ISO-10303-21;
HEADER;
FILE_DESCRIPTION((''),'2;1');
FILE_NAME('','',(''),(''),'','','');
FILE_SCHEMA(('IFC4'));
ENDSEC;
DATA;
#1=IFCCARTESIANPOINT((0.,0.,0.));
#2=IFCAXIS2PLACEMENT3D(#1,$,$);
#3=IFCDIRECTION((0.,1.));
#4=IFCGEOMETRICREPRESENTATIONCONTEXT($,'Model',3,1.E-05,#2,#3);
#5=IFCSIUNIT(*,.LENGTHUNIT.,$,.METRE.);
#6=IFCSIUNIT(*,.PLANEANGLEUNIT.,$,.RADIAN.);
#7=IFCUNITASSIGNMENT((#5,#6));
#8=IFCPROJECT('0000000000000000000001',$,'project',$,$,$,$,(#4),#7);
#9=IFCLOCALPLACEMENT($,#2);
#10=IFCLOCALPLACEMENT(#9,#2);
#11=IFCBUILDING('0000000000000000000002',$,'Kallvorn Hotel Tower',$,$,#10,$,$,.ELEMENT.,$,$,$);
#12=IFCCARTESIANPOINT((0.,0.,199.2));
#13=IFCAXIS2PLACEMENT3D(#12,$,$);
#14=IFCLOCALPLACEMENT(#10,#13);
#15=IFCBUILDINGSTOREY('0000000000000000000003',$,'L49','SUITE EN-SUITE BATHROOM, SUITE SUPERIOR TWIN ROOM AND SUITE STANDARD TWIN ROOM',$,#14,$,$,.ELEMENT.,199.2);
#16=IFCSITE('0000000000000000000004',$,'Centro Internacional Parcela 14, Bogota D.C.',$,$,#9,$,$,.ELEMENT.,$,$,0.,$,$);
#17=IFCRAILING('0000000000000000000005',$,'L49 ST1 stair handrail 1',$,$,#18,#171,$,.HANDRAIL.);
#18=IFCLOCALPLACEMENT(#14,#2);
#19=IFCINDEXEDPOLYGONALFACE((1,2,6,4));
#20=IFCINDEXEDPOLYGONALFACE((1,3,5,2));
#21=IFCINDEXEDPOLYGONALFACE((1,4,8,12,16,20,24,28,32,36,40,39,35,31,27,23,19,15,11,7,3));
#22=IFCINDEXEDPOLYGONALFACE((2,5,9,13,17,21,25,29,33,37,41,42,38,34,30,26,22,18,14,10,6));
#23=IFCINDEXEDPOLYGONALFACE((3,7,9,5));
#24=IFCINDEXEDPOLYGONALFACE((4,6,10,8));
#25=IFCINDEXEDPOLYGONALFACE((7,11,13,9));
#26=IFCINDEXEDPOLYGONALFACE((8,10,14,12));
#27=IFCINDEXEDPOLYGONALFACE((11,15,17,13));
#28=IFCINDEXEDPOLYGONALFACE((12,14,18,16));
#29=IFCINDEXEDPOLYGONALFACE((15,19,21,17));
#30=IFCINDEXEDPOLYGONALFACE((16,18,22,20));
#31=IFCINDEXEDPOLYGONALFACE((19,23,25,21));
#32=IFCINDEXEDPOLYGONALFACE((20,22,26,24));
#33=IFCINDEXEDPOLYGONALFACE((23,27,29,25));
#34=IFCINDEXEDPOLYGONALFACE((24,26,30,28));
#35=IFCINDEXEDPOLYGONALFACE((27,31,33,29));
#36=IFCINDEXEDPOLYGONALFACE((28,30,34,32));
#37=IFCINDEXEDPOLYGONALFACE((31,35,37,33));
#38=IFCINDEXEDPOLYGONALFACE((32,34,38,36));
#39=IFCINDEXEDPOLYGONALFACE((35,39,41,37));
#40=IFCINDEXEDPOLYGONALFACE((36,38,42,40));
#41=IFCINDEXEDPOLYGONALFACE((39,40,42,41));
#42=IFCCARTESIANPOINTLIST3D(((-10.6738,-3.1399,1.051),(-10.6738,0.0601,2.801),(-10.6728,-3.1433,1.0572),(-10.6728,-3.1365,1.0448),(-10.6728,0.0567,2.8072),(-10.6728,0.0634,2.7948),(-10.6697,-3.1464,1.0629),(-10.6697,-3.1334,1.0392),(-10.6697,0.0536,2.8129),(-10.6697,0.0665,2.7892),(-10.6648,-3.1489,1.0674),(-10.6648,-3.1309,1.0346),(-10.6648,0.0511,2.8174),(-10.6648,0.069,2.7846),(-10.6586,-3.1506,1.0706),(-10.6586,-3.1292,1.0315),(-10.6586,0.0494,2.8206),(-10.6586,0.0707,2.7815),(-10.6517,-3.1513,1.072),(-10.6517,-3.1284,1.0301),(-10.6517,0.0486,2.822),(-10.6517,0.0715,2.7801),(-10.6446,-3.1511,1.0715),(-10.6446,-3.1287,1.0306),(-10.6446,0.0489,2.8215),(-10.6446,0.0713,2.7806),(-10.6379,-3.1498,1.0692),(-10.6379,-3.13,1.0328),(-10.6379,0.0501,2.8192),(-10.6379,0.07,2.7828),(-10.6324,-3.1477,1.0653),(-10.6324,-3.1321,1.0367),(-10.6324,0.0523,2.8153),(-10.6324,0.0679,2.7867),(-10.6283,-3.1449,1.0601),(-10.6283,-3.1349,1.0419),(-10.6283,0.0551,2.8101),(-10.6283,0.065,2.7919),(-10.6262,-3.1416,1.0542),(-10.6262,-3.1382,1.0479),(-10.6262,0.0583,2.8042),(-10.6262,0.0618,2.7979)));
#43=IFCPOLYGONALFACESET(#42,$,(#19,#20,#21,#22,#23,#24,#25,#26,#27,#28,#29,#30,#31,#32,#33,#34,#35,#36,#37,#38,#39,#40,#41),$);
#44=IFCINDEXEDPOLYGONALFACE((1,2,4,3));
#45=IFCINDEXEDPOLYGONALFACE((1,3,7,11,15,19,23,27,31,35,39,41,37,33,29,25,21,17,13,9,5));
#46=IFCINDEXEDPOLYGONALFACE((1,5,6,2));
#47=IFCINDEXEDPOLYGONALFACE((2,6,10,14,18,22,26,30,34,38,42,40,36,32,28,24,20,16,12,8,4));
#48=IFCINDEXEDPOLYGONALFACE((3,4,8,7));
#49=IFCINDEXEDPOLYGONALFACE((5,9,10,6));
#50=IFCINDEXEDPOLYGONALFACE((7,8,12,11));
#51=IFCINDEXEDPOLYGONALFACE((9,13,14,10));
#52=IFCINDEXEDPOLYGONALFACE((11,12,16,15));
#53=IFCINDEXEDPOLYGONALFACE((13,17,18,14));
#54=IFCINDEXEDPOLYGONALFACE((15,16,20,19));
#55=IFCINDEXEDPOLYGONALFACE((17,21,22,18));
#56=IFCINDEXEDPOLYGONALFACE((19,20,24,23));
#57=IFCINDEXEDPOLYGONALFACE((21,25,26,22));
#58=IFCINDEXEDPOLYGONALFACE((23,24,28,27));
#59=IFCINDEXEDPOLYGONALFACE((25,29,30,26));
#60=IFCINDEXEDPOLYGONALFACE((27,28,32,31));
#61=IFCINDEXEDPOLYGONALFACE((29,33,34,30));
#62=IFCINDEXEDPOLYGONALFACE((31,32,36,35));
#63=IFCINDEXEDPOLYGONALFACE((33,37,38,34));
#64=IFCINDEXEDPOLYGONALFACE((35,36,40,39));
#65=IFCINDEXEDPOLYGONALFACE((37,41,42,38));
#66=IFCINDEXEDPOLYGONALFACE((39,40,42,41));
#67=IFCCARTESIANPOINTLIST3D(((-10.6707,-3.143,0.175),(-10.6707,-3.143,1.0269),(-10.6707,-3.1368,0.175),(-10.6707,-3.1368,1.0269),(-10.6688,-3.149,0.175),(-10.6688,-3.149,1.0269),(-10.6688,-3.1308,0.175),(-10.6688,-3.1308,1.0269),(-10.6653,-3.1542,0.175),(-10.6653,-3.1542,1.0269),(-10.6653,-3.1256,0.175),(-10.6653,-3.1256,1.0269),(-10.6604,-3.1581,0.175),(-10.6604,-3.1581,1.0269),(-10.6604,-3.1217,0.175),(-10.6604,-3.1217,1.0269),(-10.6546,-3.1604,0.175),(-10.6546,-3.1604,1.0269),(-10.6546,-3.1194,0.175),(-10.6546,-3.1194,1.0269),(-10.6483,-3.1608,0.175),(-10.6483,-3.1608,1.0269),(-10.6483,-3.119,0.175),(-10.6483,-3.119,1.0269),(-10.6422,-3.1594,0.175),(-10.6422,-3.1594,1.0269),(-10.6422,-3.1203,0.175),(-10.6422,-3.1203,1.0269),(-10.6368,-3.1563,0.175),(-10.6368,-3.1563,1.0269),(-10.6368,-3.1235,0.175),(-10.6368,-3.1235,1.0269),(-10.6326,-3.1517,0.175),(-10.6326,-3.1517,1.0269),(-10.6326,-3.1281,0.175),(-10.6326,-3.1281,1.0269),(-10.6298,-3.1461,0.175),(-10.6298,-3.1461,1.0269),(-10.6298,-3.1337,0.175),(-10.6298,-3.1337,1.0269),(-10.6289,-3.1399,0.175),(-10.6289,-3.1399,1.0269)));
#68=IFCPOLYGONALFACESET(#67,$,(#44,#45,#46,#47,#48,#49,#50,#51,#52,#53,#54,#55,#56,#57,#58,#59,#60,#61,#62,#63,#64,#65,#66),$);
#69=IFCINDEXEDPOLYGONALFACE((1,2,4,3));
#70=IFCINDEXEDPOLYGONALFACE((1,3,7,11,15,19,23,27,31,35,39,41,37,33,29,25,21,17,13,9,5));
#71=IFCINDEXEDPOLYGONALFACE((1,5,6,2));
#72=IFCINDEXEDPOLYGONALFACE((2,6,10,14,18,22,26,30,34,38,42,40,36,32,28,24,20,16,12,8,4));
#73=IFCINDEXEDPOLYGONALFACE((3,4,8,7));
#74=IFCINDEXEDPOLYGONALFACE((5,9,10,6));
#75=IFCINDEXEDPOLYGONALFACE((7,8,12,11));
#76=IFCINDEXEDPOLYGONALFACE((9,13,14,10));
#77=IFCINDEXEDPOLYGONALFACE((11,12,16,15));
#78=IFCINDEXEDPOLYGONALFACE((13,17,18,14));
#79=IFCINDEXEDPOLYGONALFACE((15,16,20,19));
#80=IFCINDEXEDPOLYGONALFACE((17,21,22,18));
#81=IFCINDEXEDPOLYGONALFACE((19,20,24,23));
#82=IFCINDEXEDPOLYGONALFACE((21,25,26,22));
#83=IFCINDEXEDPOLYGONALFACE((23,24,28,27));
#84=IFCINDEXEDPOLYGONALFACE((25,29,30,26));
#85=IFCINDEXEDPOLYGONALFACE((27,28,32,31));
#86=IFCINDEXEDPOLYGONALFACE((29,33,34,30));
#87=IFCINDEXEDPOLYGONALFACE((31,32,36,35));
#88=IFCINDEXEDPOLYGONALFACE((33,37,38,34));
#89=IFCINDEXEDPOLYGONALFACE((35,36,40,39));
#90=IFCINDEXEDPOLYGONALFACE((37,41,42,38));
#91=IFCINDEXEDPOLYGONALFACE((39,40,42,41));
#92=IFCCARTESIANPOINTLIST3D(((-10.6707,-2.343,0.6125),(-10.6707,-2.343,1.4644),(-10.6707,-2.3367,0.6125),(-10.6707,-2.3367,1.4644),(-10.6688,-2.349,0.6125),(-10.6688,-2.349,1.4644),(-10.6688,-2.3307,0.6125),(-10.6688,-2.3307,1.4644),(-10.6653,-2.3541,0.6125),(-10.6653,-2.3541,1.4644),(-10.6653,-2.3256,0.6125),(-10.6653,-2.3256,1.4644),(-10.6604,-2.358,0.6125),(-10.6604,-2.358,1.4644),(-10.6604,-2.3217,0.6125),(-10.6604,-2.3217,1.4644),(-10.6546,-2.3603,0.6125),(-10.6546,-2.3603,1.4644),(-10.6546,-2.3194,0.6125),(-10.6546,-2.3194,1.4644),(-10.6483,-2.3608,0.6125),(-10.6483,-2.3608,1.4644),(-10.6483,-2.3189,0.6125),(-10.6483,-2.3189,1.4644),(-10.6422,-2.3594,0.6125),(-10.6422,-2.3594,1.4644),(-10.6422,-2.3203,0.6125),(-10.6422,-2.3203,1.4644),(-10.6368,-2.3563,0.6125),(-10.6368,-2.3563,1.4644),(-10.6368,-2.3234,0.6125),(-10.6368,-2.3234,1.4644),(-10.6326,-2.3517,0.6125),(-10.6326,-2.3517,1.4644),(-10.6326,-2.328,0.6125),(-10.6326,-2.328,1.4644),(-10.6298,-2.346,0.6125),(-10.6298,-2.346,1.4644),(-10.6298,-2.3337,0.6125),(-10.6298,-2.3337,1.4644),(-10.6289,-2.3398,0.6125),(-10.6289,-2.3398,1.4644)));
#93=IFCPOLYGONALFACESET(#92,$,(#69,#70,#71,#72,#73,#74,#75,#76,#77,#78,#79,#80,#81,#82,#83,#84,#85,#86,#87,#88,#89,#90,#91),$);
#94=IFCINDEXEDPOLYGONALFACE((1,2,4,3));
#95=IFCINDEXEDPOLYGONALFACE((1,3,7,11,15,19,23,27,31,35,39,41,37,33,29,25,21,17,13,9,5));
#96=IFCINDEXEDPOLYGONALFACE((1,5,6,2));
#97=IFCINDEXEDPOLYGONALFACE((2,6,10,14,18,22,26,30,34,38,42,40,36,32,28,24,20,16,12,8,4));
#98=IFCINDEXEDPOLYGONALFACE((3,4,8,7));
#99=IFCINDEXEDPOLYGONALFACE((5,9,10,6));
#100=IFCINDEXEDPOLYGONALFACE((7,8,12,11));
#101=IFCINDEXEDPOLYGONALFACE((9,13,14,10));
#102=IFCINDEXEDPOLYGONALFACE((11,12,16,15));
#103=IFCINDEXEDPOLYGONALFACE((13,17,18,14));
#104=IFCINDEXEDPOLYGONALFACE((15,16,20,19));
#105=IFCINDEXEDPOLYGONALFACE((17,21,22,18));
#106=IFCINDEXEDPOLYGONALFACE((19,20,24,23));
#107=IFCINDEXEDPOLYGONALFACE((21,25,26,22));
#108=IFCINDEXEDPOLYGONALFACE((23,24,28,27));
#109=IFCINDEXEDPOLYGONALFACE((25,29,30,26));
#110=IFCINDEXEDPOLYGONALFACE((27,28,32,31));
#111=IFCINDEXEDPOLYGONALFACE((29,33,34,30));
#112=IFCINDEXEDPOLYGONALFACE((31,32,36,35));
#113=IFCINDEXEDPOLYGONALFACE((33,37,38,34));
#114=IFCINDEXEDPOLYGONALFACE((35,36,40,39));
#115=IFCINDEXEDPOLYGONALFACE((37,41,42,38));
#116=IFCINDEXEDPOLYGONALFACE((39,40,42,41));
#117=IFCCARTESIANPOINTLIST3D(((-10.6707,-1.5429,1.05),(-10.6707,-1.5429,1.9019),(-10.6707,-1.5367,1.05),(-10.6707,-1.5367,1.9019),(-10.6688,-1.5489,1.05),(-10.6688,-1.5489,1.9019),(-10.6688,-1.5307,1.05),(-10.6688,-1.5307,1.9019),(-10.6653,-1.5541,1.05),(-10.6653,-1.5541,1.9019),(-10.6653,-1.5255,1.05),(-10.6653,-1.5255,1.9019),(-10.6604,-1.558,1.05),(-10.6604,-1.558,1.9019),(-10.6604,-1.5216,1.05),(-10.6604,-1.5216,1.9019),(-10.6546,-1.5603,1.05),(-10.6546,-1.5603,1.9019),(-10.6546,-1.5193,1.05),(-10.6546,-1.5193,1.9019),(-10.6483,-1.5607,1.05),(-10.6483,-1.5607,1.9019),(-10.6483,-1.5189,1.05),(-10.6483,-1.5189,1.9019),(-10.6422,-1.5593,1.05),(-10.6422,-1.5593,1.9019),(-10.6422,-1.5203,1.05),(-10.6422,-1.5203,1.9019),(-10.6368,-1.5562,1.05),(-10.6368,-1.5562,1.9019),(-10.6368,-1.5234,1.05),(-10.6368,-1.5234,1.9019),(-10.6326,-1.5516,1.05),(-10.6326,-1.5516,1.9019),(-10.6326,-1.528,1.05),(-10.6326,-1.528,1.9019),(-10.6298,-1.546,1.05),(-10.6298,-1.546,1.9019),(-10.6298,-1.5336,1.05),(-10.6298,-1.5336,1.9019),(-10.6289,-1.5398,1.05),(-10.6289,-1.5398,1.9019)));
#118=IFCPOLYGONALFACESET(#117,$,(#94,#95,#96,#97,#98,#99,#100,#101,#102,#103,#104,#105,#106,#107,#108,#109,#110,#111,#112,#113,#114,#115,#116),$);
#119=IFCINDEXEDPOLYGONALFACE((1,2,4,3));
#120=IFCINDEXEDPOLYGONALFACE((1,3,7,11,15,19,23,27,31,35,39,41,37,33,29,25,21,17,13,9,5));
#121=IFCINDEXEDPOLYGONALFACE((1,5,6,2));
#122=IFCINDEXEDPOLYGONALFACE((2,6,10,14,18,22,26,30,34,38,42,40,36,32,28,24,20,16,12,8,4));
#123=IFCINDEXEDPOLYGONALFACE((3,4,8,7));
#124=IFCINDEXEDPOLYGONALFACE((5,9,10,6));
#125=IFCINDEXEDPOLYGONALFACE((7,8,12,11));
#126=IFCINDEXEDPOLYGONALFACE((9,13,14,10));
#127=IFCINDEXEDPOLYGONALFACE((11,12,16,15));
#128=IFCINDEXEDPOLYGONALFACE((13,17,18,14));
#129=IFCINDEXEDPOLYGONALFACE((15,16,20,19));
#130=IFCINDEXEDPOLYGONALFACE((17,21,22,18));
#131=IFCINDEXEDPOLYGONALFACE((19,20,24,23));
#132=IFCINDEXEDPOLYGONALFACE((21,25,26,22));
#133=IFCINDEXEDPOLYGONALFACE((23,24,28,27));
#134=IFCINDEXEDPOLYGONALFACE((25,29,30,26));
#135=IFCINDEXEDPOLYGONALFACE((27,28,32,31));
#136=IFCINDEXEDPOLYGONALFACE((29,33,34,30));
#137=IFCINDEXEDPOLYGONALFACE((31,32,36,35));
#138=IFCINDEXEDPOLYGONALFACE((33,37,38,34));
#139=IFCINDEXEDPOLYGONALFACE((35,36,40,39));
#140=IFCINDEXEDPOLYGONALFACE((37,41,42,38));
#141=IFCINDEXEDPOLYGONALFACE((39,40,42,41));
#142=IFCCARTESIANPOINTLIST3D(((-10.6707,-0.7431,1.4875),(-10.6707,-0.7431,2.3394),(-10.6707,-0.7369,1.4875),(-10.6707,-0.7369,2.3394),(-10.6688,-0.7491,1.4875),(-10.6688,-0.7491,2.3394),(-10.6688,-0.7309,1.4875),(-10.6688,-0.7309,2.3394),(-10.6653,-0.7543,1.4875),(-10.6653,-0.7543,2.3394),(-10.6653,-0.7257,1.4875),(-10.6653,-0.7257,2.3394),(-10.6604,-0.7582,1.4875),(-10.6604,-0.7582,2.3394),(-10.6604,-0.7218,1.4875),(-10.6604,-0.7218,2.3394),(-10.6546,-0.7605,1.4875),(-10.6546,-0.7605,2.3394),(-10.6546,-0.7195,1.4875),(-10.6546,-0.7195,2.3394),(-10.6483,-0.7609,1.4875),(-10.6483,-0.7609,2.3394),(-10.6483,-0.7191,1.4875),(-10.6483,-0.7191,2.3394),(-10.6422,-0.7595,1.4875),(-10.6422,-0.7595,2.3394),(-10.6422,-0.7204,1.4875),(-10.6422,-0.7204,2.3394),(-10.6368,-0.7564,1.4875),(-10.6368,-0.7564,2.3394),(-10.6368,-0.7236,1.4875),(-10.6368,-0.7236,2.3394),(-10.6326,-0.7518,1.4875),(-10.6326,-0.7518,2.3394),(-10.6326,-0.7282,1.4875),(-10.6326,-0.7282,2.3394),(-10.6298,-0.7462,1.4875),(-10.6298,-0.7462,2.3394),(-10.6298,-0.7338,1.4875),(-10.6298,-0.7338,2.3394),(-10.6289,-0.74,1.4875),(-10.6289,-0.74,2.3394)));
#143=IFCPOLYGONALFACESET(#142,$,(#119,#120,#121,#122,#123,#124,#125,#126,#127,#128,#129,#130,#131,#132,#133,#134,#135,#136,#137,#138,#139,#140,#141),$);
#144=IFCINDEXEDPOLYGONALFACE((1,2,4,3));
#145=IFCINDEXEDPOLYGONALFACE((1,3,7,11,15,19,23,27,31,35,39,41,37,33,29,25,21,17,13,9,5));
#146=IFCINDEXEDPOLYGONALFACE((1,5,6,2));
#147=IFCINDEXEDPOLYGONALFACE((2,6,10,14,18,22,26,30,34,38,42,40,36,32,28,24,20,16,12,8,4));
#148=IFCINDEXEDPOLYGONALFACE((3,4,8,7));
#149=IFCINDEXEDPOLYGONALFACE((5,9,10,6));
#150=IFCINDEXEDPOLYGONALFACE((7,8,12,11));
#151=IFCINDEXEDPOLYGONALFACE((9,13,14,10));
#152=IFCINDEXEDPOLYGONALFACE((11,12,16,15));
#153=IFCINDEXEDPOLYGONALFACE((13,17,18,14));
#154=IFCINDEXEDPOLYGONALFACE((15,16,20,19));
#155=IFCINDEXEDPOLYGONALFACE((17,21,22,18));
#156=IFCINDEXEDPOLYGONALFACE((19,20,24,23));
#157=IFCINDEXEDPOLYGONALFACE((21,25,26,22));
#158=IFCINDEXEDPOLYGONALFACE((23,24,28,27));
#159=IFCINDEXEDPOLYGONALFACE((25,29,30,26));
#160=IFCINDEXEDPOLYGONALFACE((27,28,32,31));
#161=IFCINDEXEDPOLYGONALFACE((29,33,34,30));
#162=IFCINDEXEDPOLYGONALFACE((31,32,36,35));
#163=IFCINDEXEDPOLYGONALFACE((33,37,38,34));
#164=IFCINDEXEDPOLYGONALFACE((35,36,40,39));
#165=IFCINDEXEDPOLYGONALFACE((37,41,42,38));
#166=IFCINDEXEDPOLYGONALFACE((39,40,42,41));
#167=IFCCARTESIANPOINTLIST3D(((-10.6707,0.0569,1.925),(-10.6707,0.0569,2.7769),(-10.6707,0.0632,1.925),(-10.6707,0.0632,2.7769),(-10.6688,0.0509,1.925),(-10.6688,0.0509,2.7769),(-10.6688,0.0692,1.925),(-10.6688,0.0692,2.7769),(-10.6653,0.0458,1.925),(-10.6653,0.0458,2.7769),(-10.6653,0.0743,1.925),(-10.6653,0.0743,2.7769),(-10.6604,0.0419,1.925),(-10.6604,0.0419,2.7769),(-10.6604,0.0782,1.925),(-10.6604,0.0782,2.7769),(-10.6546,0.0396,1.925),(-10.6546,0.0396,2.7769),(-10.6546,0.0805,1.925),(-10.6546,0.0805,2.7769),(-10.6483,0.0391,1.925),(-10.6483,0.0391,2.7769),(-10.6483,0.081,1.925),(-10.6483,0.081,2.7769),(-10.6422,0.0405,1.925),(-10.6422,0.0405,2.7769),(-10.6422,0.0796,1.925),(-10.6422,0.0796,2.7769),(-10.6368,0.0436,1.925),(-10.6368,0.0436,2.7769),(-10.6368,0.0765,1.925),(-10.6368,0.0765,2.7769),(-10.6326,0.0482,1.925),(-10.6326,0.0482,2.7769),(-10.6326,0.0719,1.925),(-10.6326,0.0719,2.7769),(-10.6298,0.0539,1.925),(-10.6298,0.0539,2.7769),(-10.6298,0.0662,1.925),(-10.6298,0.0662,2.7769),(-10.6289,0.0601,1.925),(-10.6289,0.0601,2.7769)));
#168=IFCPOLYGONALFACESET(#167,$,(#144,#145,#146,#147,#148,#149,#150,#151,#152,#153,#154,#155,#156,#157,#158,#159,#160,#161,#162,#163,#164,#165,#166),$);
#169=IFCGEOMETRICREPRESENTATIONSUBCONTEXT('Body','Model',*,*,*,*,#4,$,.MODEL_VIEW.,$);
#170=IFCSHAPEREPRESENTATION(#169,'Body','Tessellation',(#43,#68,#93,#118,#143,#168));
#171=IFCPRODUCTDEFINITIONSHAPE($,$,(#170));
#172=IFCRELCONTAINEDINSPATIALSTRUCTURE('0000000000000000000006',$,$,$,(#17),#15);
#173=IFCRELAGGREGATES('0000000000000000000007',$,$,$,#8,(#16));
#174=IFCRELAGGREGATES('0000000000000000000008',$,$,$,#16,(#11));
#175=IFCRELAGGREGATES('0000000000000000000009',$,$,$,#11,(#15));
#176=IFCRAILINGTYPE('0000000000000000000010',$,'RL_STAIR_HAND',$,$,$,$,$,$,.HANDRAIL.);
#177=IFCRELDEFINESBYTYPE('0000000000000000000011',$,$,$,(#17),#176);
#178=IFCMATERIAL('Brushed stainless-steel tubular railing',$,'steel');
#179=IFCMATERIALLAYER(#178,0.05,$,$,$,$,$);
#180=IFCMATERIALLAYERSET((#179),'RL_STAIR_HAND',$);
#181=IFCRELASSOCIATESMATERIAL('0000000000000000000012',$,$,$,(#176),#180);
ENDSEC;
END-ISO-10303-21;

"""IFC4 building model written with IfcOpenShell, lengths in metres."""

from ifc_helpers import new_model, si_unit, direction, frame, origin, origin_2d, place, context, subcontext, project, spatial, circle, extrude, material, layer, layer_set, type_object, element, save


model = new_model("IFC4")

# Units and contexts
model_context = context("Model", 3, precision=1e-05, world=origin(), true_north=direction((0.0, 1.0)))
body_context = subcontext(model_context, "Body", "Model", "MODEL_VIEW")
ifc_project = project(units=[si_unit("LENGTHUNIT", "METRE"), si_unit("PLANEANGLEUNIT", "RADIAN")], contexts=[model_context])

# Site, building, storey
site_placement = place(None, origin())
site = spatial("IfcSite", under=ifc_project, at=site_placement, Name="Centro Internacional Parcela 14, Bogota D.C.", CompositionType="ELEMENT", RefElevation=0.0)
building_placement = place(site_placement, origin())
building = spatial("IfcBuilding", under=site, at=building_placement, Name="Kallvorn Hotel Tower", CompositionType="ELEMENT")
storey_placement = place(building_placement, frame((0.0, 0.0, 199.2)))
storey = spatial("IfcBuildingStorey", under=building, at=storey_placement, Name="L49", Description="SUITE EN-SUITE BATHROOM, SUITE SUPERIOR TWIN ROOM AND SUITE STANDARD TWIN ROOM", CompositionType="ELEMENT", Elevation=199.2)

# Railing
ifc_material_1 = material(Name="Brushed stainless-steel tubular railing", Category="steel")
ifc_layer_1 = layer(ifc_material_1, 0.05)
ifc_layer_set_1 = layer_set([ifc_layer_1], Name="RL_STAIR_HAND")
railing_type_1 = type_object("IfcRailingType", Name="RL_STAIR_HAND", PredefinedType="HANDRAIL", material=ifc_layer_set_1)
railing_1_placement = place(storey_placement, frame((-10.6499, -3.1399, 0.175)))
element("IfcRailing", 1, at=railing_1_placement, inside=storey, type_object=railing_type_1, Name="L49 ST1 stair handrail 1", PredefinedType="HANDRAIL", context=body_context, shape_type="SweptSolid", body=[
    extrude(circle(Radius=0.0239, at=origin_2d()), frame((0.0, 0.0, 0.876), z_axis=(0.0, 0.877368, 0.479818), x_axis=(-1.0, 0.0, 0.0)), (0.0, 0.0, 1.0), 3.6472),
    extrude(circle(Radius=0.021, at=origin_2d()), origin(), (0.0, 0.0, 1.0), 0.8518),
    extrude(circle(Radius=0.021, at=origin_2d()), frame((0.0, 0.8, 0.4375)), (0.0, 0.0, 1.0), 0.8518),
    extrude(circle(Radius=0.021, at=origin_2d()), frame((0.0, 1.6001, 0.875)), (0.0, 0.0, 1.0), 0.8518),
    extrude(circle(Radius=0.021, at=origin_2d()), frame((0.0, 2.3999, 1.3125)), (0.0, 0.0, 1.0), 0.8518),
    extrude(circle(Radius=0.021, at=origin_2d()), frame((0.0, 3.2, 1.75)), (0.0, 0.0, 1.0), 0.8518),
])

save(model, "model.ifc")
